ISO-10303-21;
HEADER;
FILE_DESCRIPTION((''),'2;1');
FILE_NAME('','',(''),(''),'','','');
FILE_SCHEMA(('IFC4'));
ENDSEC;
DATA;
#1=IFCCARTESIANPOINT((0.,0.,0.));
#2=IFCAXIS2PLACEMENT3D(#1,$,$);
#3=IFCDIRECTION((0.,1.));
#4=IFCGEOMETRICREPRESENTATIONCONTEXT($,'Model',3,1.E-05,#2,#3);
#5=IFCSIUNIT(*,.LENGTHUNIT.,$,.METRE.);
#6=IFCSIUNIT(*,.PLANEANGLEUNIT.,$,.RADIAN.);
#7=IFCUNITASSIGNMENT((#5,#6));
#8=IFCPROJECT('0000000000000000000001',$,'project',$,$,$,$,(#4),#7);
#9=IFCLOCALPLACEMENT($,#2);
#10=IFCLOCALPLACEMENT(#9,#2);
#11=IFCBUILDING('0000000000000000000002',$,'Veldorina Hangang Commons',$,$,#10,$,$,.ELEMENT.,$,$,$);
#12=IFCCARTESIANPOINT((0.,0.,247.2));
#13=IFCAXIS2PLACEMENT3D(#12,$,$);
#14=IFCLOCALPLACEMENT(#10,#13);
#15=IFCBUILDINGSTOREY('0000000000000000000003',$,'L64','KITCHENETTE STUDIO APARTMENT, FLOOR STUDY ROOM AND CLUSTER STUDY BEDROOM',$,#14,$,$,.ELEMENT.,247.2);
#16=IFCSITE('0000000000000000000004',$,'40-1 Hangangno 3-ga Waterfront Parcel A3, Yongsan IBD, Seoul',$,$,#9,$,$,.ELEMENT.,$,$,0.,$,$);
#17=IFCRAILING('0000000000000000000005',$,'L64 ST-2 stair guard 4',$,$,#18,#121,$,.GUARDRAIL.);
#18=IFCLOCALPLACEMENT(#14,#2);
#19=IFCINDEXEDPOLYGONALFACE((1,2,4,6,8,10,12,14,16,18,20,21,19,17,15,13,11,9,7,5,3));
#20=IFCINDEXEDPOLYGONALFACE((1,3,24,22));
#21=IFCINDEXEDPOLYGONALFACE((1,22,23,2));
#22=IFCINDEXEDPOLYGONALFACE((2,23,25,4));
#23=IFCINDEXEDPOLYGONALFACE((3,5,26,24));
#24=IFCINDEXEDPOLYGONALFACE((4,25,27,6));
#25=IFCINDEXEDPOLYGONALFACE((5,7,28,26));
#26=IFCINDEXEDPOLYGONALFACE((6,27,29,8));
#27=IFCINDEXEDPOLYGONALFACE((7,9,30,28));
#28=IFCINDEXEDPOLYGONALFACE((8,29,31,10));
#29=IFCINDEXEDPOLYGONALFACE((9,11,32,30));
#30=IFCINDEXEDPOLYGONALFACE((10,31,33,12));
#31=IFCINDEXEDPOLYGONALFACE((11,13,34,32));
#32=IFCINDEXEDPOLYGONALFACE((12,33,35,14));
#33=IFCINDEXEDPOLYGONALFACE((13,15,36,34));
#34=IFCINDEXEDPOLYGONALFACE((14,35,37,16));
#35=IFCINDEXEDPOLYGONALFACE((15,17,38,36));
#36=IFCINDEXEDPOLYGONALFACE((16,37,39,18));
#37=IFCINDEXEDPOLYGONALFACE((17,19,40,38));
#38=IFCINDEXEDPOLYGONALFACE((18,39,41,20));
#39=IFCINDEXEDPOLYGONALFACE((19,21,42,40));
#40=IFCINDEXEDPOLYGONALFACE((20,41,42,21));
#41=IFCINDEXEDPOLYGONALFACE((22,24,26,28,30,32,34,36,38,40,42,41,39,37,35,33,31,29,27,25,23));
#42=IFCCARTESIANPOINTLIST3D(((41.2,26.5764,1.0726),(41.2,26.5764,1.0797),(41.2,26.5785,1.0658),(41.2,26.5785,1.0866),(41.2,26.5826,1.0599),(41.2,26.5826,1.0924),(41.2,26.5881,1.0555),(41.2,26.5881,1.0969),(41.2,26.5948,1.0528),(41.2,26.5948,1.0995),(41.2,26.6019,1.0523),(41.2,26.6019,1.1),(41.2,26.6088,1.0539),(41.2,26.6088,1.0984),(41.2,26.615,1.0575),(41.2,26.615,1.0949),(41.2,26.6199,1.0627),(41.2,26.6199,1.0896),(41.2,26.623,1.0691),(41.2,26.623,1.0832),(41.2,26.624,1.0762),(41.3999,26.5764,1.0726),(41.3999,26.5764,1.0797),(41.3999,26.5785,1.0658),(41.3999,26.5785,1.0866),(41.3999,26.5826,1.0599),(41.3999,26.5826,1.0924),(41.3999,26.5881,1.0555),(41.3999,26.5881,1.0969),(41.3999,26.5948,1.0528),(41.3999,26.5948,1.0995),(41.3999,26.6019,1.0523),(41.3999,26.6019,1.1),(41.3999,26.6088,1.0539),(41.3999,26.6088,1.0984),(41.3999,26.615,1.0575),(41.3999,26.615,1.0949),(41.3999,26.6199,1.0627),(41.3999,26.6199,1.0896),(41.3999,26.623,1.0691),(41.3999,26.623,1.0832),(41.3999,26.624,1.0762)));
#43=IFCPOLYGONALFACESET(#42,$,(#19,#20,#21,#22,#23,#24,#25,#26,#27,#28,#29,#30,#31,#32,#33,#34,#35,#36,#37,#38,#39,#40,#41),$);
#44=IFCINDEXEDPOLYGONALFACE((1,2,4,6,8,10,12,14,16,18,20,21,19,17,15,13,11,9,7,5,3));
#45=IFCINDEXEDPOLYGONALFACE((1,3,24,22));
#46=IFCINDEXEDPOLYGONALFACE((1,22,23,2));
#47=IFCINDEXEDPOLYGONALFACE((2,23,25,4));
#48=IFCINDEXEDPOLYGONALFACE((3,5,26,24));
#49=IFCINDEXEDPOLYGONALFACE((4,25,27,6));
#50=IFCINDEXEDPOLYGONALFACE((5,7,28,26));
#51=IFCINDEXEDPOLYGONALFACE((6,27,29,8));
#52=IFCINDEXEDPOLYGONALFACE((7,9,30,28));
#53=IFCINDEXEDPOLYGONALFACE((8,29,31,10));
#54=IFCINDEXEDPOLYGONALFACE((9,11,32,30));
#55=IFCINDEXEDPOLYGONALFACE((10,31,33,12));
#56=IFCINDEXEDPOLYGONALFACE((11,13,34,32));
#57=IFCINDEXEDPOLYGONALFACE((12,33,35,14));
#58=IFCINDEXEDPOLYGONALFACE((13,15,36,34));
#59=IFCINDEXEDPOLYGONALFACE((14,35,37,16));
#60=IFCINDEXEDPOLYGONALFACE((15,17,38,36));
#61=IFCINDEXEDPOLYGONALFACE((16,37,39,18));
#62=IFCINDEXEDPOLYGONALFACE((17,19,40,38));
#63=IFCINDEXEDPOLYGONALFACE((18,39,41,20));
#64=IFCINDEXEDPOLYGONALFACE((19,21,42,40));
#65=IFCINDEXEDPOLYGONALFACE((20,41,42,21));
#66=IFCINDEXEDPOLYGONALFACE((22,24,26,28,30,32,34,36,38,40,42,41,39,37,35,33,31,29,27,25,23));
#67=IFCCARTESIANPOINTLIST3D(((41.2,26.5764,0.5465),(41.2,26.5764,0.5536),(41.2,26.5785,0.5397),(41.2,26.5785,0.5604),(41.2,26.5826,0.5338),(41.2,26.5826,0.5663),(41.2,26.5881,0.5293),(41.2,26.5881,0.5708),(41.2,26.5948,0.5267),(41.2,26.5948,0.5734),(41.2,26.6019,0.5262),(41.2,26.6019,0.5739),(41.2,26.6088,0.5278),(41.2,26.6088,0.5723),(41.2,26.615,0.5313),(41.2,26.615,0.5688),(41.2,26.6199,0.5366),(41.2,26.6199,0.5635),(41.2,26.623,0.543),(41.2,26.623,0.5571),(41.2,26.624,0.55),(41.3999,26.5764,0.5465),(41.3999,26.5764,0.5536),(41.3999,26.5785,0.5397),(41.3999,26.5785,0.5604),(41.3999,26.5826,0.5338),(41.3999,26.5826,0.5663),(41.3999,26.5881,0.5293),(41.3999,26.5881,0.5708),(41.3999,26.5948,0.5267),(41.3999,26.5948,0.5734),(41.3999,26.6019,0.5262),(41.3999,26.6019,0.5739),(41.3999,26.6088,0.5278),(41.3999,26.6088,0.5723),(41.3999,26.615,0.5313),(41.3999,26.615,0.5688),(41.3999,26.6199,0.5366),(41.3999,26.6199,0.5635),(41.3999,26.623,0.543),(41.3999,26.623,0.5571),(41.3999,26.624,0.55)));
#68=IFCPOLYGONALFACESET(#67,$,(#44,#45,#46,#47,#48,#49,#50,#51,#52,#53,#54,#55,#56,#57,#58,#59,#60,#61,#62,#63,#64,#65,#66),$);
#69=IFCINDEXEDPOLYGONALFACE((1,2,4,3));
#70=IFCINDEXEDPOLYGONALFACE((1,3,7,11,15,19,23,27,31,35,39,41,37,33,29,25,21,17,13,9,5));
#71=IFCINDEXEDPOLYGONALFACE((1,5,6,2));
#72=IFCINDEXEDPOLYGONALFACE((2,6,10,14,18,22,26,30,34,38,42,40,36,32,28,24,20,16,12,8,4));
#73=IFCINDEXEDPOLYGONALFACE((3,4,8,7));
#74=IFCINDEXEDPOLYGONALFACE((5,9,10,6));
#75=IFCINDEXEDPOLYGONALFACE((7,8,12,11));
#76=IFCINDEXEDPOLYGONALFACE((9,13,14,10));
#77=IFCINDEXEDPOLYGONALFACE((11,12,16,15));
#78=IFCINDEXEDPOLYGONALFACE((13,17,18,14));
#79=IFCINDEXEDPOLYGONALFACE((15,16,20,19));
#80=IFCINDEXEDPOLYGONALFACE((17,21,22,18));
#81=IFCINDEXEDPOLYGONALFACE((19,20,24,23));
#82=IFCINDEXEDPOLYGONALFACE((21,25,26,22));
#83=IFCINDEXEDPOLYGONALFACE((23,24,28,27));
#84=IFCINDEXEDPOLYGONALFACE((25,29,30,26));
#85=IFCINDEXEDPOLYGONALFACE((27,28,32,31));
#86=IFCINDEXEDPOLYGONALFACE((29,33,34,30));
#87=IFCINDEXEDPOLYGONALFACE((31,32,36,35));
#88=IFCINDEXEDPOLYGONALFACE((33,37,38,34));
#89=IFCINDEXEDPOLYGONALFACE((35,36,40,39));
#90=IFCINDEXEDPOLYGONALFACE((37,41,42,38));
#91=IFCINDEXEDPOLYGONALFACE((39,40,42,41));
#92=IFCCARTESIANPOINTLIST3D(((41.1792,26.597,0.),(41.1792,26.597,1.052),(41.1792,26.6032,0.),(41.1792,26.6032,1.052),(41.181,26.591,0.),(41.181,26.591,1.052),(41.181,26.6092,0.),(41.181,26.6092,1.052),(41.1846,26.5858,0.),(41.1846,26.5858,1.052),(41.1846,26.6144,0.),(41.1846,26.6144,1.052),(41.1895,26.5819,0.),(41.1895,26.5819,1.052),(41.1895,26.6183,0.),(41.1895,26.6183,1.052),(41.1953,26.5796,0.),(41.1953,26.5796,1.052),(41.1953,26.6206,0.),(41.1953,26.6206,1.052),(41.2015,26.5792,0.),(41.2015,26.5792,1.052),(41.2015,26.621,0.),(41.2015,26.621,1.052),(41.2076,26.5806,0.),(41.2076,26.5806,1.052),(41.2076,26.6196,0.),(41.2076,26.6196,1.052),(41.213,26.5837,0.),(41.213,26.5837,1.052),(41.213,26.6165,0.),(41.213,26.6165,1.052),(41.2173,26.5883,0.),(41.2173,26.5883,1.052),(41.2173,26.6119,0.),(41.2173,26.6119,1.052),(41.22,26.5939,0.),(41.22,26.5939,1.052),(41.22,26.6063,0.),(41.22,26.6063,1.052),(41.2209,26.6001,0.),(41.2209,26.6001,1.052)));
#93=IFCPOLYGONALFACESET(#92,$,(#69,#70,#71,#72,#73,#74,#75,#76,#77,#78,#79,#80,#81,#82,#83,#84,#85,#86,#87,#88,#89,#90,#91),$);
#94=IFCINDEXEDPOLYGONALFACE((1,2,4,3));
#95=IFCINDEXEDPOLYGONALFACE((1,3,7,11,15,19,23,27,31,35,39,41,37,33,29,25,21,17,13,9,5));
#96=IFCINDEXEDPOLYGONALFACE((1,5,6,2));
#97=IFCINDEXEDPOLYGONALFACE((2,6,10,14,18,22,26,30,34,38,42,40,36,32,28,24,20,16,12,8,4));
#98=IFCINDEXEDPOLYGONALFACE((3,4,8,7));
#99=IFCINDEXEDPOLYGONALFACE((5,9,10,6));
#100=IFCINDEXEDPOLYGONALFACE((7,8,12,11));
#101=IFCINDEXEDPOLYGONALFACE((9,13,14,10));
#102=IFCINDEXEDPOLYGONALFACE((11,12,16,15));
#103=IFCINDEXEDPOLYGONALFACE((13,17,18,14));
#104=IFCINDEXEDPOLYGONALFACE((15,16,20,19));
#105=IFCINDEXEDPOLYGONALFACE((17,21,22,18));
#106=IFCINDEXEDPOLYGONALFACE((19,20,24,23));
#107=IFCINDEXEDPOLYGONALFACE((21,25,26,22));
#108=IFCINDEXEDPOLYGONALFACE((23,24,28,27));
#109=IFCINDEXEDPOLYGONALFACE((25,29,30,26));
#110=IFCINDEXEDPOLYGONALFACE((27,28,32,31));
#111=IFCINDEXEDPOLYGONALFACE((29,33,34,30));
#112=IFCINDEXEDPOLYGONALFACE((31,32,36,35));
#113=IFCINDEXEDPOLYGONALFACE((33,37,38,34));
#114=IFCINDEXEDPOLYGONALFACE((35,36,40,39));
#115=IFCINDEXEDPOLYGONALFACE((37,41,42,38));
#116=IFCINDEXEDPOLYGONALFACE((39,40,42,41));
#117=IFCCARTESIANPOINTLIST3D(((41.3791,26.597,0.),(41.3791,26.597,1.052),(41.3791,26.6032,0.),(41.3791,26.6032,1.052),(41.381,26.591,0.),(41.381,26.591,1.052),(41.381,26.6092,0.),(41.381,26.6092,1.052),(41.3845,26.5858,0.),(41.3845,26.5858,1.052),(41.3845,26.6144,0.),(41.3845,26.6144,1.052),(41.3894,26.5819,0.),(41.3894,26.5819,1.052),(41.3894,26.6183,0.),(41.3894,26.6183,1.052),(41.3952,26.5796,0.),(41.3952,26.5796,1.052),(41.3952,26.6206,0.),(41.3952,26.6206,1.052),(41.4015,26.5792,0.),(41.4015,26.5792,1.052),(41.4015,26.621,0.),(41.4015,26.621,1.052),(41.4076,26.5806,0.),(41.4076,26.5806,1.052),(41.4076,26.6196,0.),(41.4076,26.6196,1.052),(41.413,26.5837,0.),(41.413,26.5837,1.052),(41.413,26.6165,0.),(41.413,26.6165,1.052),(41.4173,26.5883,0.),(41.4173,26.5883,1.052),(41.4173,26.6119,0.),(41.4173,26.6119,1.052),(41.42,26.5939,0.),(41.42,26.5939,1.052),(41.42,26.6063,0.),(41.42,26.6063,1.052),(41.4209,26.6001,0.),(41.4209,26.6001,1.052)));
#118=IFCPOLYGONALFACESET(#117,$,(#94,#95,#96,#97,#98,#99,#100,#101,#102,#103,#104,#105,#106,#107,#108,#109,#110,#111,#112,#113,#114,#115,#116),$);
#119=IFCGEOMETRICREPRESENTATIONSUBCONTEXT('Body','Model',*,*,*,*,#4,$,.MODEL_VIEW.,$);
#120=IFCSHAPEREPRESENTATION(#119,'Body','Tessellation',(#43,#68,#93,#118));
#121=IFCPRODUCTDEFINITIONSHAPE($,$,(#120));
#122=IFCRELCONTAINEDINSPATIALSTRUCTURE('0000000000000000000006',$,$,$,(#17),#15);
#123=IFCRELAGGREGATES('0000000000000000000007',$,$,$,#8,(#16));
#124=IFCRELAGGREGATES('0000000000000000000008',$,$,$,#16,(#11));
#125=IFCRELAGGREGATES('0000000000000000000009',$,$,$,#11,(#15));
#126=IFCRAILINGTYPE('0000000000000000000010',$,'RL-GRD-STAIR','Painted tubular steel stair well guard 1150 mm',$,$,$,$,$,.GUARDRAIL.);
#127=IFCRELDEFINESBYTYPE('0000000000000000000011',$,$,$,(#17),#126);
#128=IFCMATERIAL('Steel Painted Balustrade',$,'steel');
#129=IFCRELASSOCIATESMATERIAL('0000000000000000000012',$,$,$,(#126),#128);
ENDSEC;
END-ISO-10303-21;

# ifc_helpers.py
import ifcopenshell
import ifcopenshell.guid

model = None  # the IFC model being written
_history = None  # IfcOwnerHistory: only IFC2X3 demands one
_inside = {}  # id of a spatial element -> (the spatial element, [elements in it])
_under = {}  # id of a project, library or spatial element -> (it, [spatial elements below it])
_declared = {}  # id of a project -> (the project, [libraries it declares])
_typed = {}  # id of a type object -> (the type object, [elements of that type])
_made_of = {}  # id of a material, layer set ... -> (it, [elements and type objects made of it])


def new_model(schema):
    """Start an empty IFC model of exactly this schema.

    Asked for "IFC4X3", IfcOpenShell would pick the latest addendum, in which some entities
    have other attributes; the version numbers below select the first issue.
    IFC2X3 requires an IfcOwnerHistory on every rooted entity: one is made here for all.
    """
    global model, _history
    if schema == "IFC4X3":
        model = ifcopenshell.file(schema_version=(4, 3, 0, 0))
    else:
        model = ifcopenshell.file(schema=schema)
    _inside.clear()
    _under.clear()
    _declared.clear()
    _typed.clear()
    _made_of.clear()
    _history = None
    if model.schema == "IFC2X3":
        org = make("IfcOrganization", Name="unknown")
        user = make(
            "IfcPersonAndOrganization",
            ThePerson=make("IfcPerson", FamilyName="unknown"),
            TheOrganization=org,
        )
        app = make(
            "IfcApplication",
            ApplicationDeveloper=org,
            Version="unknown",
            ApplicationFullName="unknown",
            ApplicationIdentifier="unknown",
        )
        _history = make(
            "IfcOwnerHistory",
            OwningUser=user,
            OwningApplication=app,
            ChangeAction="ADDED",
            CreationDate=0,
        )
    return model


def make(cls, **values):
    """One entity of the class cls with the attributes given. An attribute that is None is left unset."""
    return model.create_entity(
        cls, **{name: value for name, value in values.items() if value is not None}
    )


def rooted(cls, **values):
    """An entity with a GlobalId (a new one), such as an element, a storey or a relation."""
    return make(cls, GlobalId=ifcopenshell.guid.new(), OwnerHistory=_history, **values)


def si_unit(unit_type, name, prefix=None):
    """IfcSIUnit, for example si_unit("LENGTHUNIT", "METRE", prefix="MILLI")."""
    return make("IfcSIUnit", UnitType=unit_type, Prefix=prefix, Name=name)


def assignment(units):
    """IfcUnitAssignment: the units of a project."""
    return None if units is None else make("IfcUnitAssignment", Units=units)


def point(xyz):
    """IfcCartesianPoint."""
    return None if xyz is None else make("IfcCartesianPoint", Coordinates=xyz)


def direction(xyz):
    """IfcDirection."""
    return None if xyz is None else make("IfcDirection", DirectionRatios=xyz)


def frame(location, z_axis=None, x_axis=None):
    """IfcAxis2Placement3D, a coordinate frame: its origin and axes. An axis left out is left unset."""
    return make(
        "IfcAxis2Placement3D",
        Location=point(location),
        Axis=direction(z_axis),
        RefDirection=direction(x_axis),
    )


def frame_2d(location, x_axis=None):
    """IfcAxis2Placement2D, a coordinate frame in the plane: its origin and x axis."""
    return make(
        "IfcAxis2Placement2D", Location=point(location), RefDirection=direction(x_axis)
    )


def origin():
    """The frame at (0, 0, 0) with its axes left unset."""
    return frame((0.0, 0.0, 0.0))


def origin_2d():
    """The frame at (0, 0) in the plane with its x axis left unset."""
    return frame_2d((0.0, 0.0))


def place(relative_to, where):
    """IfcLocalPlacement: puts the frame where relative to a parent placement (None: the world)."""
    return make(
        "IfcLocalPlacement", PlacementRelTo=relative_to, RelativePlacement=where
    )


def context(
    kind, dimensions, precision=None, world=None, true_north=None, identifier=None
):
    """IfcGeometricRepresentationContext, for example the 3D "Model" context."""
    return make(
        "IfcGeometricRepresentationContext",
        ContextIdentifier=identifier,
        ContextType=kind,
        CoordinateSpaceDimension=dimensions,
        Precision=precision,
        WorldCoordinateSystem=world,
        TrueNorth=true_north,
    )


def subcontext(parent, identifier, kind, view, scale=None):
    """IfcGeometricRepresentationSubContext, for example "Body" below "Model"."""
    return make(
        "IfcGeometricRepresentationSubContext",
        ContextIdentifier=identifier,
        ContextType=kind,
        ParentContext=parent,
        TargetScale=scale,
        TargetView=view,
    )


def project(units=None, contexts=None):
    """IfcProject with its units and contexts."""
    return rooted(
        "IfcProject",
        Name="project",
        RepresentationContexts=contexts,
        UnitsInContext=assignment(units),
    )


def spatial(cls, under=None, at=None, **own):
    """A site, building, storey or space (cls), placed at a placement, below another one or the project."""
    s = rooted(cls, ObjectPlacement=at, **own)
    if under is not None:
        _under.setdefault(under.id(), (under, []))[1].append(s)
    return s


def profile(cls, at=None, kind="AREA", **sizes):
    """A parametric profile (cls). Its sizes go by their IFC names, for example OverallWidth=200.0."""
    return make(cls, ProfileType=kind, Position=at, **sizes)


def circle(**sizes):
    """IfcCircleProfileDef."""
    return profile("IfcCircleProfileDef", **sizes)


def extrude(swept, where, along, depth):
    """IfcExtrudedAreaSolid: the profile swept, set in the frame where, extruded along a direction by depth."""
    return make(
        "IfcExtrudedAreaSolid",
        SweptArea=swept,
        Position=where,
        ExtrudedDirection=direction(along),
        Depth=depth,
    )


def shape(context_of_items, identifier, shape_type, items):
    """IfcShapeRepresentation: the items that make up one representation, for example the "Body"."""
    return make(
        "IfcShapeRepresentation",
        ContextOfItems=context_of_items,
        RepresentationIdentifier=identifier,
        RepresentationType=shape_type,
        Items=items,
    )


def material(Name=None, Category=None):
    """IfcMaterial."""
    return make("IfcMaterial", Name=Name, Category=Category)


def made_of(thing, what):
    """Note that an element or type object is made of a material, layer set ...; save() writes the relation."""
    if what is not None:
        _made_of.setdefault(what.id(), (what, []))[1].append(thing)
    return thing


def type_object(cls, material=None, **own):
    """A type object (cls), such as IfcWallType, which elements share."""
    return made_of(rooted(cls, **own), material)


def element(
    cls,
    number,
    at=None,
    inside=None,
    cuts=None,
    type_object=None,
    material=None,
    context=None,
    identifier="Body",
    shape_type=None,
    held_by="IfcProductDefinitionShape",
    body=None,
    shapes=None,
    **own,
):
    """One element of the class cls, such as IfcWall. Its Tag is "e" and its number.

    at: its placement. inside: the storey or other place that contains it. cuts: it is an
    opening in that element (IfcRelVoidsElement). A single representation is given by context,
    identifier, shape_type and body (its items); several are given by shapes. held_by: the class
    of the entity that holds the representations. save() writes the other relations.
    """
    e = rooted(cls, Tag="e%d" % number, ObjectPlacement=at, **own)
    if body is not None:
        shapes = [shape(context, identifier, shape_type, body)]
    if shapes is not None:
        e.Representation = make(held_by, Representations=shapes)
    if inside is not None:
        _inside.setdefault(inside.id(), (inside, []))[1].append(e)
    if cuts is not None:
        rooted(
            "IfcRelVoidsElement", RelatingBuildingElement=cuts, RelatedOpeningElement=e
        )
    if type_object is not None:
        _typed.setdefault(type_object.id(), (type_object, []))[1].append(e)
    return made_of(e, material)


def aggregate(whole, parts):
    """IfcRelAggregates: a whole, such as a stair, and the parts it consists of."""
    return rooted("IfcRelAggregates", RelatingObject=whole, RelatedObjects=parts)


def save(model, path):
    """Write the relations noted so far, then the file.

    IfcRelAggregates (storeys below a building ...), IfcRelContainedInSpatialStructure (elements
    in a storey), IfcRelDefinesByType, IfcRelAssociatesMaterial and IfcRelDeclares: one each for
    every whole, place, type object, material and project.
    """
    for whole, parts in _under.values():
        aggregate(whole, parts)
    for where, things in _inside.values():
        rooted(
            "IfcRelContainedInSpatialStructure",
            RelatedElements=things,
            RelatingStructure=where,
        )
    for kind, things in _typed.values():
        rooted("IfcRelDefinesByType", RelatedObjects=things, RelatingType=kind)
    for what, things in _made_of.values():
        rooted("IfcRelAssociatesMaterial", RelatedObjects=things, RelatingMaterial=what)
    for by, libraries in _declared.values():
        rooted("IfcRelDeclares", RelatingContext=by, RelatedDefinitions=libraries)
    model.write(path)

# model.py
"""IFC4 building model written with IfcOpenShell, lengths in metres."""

from ifc_helpers import new_model, si_unit, direction, frame, origin, origin_2d, place, context, subcontext, project, spatial, circle, extrude, material, type_object, element, save


model = new_model("IFC4")

# Units and contexts
model_context = context("Model", 3, precision=1e-05, world=origin(), true_north=direction((0.0, 1.0)))
body_context = subcontext(model_context, "Body", "Model", "MODEL_VIEW")
ifc_project = project(units=[si_unit("LENGTHUNIT", "METRE"), si_unit("PLANEANGLEUNIT", "RADIAN")], contexts=[model_context])

# Site, building, storey
site_placement = place(None, origin())
site = spatial("IfcSite", under=ifc_project, at=site_placement, Name="40-1 Hangangno 3-ga Waterfront Parcel A3, Yongsan IBD, Seoul", CompositionType="ELEMENT", RefElevation=0.0)
building_placement = place(site_placement, origin())
building = spatial("IfcBuilding", under=site, at=building_placement, Name="Veldorina Hangang Commons", CompositionType="ELEMENT")
storey_placement = place(building_placement, frame((0.0, 0.0, 247.2)))
storey = spatial("IfcBuildingStorey", under=building, at=storey_placement, Name="L64", Description="KITCHENETTE STUDIO APARTMENT, FLOOR STUDY ROOM AND CLUSTER STUDY BEDROOM", CompositionType="ELEMENT", Elevation=247.2)

# Railing
ifc_material_1 = material(Name="Steel Painted Balustrade", Category="steel")
railing_type_1 = type_object("IfcRailingType", Name="RL-GRD-STAIR", Description="Painted tubular steel stair well guard 1150 mm", PredefinedType="GUARDRAIL", material=ifc_material_1)
railing_1_placement = place(storey_placement, frame((41.2, 26.6001, 0.0)))
element("IfcRailing", 1, at=railing_1_placement, inside=storey, type_object=railing_type_1, Name="L64 ST-2 stair guard 4", PredefinedType="GUARDRAIL", context=body_context, shape_type="SweptSolid", body=[
    extrude(circle(Radius=0.0239, at=origin_2d()), frame((0.0, 0.0, 1.0762), z_axis=(1.0, 0.0, 0.0), x_axis=(0.0, 1.0, 0.0)), (0.0, 0.0, 1.0), 0.2),
    extrude(circle(Radius=0.0239, at=origin_2d()), frame((0.0, 0.0, 0.55), z_axis=(1.0, 0.0, 0.0), x_axis=(0.0, 1.0, 0.0)), (0.0, 0.0, 1.0), 0.2),
    extrude(circle(Radius=0.021, at=origin_2d()), origin(), (0.0, 0.0, 1.0), 1.052),
    extrude(circle(Radius=0.021, at=origin_2d()), frame((0.2, 0.0, 0.0)), (0.0, 0.0, 1.0), 1.052),
])

save(model, "model.ifc")
